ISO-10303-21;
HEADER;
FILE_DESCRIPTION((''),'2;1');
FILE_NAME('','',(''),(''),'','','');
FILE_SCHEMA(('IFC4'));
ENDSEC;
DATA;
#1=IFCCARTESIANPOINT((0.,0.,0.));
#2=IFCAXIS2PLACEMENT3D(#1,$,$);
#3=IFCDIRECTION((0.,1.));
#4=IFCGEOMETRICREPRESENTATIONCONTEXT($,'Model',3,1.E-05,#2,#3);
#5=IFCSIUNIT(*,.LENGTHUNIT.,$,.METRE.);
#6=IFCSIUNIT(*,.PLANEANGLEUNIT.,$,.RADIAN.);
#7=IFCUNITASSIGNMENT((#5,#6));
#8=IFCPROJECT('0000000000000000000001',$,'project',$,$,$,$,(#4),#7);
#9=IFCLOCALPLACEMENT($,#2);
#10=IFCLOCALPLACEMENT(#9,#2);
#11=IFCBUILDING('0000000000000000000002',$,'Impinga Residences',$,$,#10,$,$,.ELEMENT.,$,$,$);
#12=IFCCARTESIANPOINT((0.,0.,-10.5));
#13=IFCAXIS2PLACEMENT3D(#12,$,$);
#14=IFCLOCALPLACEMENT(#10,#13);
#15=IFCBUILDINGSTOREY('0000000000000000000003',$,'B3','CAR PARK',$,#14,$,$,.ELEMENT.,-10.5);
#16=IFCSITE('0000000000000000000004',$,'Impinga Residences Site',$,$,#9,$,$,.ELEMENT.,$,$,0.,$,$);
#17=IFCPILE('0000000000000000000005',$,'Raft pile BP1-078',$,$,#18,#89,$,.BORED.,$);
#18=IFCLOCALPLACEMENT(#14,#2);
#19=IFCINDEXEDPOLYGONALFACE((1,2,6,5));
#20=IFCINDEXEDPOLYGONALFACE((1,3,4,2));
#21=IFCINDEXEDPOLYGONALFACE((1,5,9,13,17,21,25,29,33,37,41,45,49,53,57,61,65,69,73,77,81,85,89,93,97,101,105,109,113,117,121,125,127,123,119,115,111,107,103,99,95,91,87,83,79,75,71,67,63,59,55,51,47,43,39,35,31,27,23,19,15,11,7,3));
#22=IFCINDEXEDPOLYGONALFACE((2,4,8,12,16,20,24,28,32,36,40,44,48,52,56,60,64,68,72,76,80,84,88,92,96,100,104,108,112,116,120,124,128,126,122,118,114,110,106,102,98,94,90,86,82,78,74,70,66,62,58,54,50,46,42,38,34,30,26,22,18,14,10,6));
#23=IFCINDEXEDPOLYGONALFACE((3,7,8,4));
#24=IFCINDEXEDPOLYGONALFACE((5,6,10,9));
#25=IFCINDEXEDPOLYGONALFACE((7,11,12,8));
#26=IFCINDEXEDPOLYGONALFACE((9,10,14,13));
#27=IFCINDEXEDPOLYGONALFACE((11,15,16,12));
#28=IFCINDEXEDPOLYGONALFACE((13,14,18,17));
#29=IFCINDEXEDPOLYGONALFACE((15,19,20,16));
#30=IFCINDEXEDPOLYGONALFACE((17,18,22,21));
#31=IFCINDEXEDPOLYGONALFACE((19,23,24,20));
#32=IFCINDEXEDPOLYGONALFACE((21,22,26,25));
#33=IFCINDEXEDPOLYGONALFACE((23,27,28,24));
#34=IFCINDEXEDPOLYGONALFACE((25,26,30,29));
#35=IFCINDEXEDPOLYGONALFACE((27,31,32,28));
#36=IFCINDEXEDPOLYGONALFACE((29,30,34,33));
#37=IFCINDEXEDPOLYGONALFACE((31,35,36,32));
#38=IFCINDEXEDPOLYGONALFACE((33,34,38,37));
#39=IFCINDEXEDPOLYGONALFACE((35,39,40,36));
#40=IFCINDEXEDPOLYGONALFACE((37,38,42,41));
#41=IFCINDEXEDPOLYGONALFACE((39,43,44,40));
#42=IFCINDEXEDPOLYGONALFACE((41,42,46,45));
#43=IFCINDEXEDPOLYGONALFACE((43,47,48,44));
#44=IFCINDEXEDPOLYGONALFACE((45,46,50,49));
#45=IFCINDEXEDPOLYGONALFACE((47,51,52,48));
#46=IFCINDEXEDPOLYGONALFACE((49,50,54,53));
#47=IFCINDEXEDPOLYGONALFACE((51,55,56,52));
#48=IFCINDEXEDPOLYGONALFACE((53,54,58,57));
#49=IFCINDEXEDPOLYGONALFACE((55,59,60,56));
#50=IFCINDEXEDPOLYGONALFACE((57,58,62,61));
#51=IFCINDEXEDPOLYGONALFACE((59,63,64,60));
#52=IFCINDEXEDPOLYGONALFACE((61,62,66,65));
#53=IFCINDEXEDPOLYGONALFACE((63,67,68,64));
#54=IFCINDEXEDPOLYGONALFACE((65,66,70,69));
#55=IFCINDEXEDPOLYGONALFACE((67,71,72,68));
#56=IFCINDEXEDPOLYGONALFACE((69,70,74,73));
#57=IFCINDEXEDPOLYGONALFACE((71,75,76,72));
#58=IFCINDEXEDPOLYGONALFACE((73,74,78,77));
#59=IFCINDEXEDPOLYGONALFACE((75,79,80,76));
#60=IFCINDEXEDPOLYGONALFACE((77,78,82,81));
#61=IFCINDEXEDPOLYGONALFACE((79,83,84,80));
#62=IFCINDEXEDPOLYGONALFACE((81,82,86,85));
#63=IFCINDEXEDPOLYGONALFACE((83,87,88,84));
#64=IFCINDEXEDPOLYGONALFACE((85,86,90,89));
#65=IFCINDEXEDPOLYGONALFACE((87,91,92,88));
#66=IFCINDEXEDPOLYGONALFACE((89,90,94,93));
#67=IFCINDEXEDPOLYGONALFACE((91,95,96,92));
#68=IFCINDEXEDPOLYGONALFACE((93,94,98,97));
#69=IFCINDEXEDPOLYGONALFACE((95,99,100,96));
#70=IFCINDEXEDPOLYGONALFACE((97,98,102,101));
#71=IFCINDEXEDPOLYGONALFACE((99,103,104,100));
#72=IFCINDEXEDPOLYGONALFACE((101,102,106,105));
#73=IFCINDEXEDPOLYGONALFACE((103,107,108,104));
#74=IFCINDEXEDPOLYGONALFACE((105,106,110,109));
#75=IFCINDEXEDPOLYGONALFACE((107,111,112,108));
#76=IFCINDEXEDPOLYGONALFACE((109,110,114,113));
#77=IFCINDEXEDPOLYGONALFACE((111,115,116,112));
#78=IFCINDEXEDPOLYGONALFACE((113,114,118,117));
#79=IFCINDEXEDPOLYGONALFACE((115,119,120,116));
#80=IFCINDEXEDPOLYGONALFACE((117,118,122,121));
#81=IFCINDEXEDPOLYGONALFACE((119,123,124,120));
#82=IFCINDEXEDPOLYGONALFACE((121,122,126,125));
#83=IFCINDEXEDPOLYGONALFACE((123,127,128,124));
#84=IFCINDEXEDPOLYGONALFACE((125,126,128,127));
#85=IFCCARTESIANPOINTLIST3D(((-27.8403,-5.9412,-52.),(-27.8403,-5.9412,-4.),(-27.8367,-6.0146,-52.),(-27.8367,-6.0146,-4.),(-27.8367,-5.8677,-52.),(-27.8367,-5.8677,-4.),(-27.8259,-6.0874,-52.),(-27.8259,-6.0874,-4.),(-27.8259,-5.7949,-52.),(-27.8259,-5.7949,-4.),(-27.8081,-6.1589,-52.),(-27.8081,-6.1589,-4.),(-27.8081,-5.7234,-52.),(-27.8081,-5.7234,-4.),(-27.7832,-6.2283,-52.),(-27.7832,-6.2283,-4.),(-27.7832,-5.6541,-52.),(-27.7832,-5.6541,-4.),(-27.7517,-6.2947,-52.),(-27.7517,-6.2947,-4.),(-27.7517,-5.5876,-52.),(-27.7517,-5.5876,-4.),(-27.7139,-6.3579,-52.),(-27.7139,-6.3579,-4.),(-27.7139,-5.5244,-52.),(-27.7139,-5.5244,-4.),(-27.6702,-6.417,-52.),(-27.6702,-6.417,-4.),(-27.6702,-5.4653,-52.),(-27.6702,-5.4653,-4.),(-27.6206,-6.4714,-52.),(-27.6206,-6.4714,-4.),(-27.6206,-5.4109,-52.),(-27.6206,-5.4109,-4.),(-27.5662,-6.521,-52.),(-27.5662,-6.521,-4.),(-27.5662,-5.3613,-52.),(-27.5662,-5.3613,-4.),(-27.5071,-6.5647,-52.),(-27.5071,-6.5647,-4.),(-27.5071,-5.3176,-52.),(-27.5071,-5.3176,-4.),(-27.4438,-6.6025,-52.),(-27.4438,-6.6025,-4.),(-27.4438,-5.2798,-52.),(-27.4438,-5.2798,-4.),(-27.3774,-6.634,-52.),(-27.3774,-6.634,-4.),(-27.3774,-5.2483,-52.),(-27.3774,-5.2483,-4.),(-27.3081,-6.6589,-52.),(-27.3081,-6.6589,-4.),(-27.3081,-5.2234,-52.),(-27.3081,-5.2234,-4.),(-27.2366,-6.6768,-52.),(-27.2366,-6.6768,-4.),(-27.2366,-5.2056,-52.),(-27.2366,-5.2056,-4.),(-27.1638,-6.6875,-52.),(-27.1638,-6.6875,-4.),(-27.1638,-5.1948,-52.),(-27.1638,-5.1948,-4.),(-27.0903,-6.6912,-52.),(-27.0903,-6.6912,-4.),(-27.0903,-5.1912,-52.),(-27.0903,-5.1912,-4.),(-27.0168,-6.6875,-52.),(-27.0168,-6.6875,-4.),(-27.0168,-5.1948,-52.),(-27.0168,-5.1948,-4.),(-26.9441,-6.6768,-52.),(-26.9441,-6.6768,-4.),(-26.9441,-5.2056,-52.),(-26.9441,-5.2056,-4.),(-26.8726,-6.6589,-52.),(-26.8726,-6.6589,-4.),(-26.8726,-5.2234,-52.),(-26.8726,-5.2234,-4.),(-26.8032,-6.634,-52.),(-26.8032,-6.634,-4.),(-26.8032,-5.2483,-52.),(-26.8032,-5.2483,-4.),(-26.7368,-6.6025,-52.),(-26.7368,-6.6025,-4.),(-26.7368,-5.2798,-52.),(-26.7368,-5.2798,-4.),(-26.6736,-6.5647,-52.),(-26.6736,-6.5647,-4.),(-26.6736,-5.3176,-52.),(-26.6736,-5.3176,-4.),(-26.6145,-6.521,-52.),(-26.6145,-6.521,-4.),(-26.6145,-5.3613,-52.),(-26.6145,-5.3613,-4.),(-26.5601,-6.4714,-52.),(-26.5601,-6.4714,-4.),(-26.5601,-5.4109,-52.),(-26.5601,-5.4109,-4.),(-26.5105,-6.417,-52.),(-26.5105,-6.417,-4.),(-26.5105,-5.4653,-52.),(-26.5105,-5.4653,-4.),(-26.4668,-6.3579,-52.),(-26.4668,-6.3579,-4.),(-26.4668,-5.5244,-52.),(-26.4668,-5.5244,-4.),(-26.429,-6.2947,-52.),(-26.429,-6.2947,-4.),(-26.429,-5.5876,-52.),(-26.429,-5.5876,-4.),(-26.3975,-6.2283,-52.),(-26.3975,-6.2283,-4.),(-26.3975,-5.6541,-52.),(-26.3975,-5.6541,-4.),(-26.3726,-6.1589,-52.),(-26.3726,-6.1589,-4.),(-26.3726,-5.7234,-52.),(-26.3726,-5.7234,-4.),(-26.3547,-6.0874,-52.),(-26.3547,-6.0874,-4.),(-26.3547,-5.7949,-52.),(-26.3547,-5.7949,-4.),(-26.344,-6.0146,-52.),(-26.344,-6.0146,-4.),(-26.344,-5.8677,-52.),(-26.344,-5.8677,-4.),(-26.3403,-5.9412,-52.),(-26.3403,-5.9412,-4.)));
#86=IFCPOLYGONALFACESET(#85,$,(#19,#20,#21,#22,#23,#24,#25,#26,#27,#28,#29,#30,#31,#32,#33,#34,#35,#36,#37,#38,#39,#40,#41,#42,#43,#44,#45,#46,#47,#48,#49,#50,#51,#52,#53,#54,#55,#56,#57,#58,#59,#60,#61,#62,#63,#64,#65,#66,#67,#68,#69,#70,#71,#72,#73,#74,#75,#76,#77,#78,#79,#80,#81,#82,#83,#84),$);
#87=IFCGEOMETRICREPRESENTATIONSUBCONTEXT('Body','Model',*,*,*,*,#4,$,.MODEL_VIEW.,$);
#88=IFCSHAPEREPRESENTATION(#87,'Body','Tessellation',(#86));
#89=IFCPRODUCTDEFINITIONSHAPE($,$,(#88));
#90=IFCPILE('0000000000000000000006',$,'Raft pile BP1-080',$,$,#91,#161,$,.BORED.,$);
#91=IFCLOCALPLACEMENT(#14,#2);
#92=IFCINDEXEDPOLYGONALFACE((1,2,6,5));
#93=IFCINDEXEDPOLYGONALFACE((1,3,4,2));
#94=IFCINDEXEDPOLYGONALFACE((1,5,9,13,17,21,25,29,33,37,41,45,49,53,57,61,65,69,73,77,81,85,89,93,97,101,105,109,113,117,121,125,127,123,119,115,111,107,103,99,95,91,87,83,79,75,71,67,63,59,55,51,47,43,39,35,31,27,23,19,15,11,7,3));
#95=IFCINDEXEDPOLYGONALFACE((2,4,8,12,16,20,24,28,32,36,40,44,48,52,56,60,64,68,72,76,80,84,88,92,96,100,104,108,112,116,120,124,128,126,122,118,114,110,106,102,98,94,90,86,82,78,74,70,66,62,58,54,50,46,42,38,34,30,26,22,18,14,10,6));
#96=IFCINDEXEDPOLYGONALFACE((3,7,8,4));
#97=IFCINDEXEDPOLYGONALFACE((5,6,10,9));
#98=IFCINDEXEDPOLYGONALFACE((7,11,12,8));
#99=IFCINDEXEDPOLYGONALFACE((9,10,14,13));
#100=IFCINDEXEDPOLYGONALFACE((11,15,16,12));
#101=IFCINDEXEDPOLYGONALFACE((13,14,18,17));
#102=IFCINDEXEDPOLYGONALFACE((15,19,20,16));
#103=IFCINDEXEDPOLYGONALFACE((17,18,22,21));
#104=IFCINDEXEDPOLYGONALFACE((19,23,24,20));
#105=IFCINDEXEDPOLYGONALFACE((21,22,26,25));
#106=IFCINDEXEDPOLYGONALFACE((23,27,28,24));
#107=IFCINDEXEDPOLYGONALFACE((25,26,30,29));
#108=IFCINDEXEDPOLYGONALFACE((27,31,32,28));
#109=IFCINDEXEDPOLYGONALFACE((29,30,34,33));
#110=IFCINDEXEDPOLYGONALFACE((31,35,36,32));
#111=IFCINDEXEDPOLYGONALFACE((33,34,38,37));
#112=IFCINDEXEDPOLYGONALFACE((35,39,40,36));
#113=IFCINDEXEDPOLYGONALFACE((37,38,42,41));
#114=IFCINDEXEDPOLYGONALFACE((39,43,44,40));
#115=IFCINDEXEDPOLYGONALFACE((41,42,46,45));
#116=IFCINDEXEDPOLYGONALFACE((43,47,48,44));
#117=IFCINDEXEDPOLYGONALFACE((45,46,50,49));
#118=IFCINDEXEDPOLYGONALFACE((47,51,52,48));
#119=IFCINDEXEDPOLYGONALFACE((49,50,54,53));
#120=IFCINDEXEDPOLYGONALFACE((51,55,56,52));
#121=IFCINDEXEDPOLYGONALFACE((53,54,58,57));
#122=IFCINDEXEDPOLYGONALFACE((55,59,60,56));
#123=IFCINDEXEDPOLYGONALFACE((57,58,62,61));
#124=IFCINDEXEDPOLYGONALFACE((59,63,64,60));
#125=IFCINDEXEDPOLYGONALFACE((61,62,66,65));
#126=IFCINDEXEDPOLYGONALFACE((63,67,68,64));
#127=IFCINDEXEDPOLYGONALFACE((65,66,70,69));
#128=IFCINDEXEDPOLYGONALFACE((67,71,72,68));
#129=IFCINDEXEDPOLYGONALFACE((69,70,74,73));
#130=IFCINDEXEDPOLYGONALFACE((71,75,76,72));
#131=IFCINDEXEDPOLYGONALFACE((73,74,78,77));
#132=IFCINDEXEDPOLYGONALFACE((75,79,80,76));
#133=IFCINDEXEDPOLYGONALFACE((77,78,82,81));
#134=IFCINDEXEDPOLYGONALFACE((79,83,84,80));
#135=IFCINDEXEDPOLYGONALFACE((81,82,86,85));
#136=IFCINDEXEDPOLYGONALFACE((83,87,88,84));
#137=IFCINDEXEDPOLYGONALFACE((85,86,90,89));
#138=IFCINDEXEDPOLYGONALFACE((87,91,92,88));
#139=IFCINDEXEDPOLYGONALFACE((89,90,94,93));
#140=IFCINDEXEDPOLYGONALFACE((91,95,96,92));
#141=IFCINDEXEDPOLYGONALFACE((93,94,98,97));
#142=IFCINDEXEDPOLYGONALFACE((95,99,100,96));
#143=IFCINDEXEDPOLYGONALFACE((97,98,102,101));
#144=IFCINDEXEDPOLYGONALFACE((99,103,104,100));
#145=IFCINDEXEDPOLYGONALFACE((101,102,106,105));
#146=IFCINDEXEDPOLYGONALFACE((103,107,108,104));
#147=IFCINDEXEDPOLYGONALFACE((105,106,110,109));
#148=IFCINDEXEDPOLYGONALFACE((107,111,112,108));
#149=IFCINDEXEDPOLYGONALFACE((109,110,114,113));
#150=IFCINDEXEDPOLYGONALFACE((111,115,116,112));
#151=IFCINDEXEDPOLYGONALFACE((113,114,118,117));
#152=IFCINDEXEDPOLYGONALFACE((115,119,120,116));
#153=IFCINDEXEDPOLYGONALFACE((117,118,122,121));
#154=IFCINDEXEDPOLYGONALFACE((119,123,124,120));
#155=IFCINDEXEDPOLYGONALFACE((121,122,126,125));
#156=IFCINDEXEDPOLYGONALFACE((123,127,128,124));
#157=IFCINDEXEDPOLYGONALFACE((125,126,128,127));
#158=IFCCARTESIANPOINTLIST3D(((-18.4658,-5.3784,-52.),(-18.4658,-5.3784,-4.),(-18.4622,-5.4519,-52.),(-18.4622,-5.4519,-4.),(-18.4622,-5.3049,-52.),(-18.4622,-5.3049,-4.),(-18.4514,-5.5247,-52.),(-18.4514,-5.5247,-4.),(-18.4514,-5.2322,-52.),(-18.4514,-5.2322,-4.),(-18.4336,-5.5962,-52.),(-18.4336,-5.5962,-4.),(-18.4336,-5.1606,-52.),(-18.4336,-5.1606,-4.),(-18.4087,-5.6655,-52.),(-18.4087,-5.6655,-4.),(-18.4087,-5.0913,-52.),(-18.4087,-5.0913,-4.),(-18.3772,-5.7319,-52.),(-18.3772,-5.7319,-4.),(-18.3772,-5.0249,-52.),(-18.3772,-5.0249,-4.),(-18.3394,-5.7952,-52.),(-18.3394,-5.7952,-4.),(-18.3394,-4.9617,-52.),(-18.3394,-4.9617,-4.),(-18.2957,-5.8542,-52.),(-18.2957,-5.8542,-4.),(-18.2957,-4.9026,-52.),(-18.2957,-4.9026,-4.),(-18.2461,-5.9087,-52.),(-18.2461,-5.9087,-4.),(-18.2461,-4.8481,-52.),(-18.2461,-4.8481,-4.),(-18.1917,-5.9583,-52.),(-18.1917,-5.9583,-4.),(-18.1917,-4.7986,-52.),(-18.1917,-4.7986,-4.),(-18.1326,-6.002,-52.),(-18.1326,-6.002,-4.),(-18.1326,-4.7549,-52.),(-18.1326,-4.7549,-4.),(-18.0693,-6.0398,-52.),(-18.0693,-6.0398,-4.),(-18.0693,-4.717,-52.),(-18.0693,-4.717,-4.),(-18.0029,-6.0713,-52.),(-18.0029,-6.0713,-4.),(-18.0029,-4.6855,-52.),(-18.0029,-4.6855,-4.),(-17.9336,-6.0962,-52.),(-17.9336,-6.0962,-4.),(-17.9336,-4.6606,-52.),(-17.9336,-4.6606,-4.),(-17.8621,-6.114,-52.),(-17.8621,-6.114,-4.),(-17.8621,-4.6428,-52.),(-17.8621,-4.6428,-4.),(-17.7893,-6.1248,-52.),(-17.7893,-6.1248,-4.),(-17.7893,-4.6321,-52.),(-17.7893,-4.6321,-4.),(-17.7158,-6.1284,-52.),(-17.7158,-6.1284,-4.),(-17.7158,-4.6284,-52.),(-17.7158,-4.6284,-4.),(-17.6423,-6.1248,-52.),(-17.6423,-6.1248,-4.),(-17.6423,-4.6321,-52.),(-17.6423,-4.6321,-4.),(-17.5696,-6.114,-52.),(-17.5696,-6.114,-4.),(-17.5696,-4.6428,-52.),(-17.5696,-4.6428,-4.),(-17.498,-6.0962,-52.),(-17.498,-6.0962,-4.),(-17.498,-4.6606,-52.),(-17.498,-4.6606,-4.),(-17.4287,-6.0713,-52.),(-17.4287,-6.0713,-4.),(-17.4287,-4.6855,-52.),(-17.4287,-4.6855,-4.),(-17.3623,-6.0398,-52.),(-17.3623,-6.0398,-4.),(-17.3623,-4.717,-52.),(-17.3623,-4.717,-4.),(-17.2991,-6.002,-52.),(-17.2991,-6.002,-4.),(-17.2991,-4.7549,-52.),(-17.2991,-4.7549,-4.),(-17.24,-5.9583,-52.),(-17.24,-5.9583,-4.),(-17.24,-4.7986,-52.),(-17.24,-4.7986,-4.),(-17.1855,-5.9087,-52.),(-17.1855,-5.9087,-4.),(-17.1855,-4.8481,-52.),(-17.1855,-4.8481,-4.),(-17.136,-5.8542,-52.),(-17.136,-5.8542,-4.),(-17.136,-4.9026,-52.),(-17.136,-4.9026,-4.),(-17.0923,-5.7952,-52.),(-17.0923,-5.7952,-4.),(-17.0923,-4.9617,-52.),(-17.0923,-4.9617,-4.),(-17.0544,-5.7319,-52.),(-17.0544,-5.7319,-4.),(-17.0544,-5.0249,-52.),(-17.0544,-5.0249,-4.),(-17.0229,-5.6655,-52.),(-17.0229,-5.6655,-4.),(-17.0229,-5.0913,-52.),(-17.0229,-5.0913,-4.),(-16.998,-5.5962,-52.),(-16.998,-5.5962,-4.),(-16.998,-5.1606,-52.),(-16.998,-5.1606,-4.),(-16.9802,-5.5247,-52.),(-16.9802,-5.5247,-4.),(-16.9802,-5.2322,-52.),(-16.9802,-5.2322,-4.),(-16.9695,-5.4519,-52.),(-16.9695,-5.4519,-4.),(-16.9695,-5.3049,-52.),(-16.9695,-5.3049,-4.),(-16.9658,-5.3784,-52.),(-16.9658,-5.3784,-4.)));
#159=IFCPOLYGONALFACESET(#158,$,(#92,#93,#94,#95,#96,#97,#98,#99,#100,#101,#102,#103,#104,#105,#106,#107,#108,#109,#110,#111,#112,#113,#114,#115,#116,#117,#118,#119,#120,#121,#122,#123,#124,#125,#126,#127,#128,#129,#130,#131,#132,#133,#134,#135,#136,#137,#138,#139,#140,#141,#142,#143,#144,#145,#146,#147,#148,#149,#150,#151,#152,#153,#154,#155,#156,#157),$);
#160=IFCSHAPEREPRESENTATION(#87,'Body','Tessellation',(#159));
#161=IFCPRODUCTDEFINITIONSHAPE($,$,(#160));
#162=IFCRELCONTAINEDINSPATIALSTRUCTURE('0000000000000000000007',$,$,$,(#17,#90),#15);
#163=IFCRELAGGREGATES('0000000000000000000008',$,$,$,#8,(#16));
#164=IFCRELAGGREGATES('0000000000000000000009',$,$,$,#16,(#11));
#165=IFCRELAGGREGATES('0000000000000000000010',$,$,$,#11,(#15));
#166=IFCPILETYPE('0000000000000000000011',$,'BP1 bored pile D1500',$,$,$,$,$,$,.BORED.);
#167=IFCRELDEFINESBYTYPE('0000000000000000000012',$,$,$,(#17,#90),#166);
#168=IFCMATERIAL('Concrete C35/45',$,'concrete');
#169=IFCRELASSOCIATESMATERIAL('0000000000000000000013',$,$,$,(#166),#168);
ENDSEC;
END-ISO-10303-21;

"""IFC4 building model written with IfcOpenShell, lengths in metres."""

from ifc_helpers import new_model, si_unit, direction, frame, origin, origin_2d, place, context, subcontext, project, spatial, polyline, circle, outline, extrude, material, material_profile, profile_set, type_object, element, save


model = new_model("IFC4")

# Units and contexts
model_context = context("Model", 3, precision=1e-05, world=origin(), true_north=direction((0.0, 1.0)))
body_context = subcontext(model_context, "Body", "Model", "MODEL_VIEW")
ifc_project = project(units=[si_unit("LENGTHUNIT", "METRE"), si_unit("PLANEANGLEUNIT", "RADIAN")], contexts=[model_context])

# Site, building, storey
site_placement = place(None, origin())
site = spatial("IfcSite", under=ifc_project, at=site_placement, Name="Impinga Residences Site", CompositionType="ELEMENT", RefElevation=0.0)
building_placement = place(site_placement, origin())
building = spatial("IfcBuilding", under=site, at=building_placement, Name="Impinga Residences", CompositionType="ELEMENT")
storey_placement = place(building_placement, frame((0.0, 0.0, -10.5)))
storey = spatial("IfcBuildingStorey", under=building, at=storey_placement, Name="B3", Description="CAR PARK", CompositionType="ELEMENT", Elevation=-10.5)

# Piles
ifc_material_1 = material(Name="Concrete C35/45", Category="concrete")
ifc_material_profile_1 = material_profile(ifc_material_1, circle(Radius=0.75, at=origin_2d()), Name="D1500")
ifc_profile_set_1 = profile_set([ifc_material_profile_1], Name="Concrete C35/45")
pile_type_1 = type_object("IfcPileType", Name="BP1 bored pile D1500", PredefinedType="BORED", material=ifc_profile_set_1)
pile_1_placement = place(storey_placement, frame((-27.0903, -5.9412, -4.0), z_axis=(0.0, 0.0, -1.0), x_axis=(1.0, 0.0, 0.0)))
element("IfcPile", 1, at=pile_1_placement, inside=storey, type_object=pile_type_1, Name="Raft pile BP1-078", PredefinedType="BORED", context=body_context, shape_type="SweptSolid", body=[
    extrude(outline(polyline([(0.75, 0.0), (0.7463, 0.0735), (0.7356, 0.1462), (0.7178, 0.2178), (0.6929, 0.2871), (0.6614, 0.3535), (0.6235, 0.4167), (0.5798, 0.4758), (0.5303, 0.5303), (0.4758, 0.5798), (0.4167, 0.6235), (0.3535, 0.6614), (0.2871, 0.6929), (0.2178, 0.7178), (0.1462, 0.7356), (0.0735, 0.7463), (0.0, 0.75), (-0.0735, 0.7463), (-0.1462, 0.7356), (-0.2178, 0.7178), (-0.2871, 0.6929), (-0.3535, 0.6614), (-0.4167, 0.6235), (-0.4758, 0.5798), (-0.5303, 0.5303), (-0.5798, 0.4758), (-0.6235, 0.4167), (-0.6614, 0.3535), (-0.6929, 0.2871), (-0.7178, 0.2178), (-0.7356, 0.1462), (-0.7463, 0.0735), (-0.75, 0.0), (-0.7463, -0.0735), (-0.7356, -0.1462), (-0.7178, -0.2178), (-0.6929, -0.2871), (-0.6614, -0.3535), (-0.6235, -0.4167), (-0.5798, -0.4758), (-0.5303, -0.5303), (-0.4758, -0.5798), (-0.4167, -0.6235), (-0.3535, -0.6614), (-0.2871, -0.6929), (-0.2178, -0.7178), (-0.1462, -0.7356), (-0.0735, -0.7463), (0.0, -0.75), (0.0735, -0.7463), (0.1462, -0.7356), (0.2178, -0.7178), (0.2871, -0.6929), (0.3535, -0.6614), (0.4167, -0.6235), (0.4758, -0.5798), (0.5303, -0.5303), (0.5798, -0.4758), (0.6235, -0.4167), (0.6614, -0.3535), (0.6929, -0.2871), (0.7178, -0.2178), (0.7356, -0.1462), (0.7463, -0.0735), (0.75, 0.0)])), origin(), (0.0, 0.0, 1.0), 48.0),
])
pile_2_placement = place(storey_placement, frame((-17.7158, -5.3784, -4.0), z_axis=(0.0, 0.0, -1.0), x_axis=(1.0, 0.0, 0.0)))
element("IfcPile", 2, at=pile_2_placement, inside=storey, type_object=pile_type_1, Name="Raft pile BP1-080", PredefinedType="BORED", context=body_context, shape_type="SweptSolid", body=[
    extrude(outline(polyline([(0.75, 0.0), (0.7463, 0.0735), (0.7356, 0.1462), (0.7178, 0.2178), (0.6929, 0.2871), (0.6614, 0.3535), (0.6235, 0.4167), (0.5798, 0.4758), (0.5303, 0.5303), (0.4758, 0.5798), (0.4167, 0.6235), (0.3535, 0.6614), (0.2871, 0.6929), (0.2178, 0.7178), (0.1462, 0.7356), (0.0735, 0.7463), (0.0, 0.75), (-0.0735, 0.7463), (-0.1462, 0.7356), (-0.2178, 0.7178), (-0.2871, 0.6929), (-0.3535, 0.6614), (-0.4167, 0.6235), (-0.4758, 0.5798), (-0.5303, 0.5303), (-0.5798, 0.4758), (-0.6235, 0.4167), (-0.6614, 0.3535), (-0.6929, 0.2871), (-0.7178, 0.2178), (-0.7356, 0.1462), (-0.7463, 0.0735), (-0.75, 0.0), (-0.7463, -0.0735), (-0.7356, -0.1462), (-0.7178, -0.2178), (-0.6929, -0.2871), (-0.6614, -0.3535), (-0.6235, -0.4167), (-0.5798, -0.4758), (-0.5303, -0.5303), (-0.4758, -0.5798), (-0.4167, -0.6235), (-0.3535, -0.6614), (-0.2871, -0.6929), (-0.2178, -0.7178), (-0.1462, -0.7356), (-0.0735, -0.7463), (0.0, -0.75), (0.0735, -0.7463), (0.1462, -0.7356), (0.2178, -0.7178), (0.2871, -0.6929), (0.3535, -0.6614), (0.4167, -0.6235), (0.4758, -0.5798), (0.5303, -0.5303), (0.5798, -0.4758), (0.6235, -0.4167), (0.6614, -0.3535), (0.6929, -0.2871), (0.7178, -0.2178), (0.7356, -0.1462), (0.7463, -0.0735), (0.75, 0.0)])), origin(), (0.0, 0.0, 1.0), 48.0),
])

save(model, "model.ifc")
